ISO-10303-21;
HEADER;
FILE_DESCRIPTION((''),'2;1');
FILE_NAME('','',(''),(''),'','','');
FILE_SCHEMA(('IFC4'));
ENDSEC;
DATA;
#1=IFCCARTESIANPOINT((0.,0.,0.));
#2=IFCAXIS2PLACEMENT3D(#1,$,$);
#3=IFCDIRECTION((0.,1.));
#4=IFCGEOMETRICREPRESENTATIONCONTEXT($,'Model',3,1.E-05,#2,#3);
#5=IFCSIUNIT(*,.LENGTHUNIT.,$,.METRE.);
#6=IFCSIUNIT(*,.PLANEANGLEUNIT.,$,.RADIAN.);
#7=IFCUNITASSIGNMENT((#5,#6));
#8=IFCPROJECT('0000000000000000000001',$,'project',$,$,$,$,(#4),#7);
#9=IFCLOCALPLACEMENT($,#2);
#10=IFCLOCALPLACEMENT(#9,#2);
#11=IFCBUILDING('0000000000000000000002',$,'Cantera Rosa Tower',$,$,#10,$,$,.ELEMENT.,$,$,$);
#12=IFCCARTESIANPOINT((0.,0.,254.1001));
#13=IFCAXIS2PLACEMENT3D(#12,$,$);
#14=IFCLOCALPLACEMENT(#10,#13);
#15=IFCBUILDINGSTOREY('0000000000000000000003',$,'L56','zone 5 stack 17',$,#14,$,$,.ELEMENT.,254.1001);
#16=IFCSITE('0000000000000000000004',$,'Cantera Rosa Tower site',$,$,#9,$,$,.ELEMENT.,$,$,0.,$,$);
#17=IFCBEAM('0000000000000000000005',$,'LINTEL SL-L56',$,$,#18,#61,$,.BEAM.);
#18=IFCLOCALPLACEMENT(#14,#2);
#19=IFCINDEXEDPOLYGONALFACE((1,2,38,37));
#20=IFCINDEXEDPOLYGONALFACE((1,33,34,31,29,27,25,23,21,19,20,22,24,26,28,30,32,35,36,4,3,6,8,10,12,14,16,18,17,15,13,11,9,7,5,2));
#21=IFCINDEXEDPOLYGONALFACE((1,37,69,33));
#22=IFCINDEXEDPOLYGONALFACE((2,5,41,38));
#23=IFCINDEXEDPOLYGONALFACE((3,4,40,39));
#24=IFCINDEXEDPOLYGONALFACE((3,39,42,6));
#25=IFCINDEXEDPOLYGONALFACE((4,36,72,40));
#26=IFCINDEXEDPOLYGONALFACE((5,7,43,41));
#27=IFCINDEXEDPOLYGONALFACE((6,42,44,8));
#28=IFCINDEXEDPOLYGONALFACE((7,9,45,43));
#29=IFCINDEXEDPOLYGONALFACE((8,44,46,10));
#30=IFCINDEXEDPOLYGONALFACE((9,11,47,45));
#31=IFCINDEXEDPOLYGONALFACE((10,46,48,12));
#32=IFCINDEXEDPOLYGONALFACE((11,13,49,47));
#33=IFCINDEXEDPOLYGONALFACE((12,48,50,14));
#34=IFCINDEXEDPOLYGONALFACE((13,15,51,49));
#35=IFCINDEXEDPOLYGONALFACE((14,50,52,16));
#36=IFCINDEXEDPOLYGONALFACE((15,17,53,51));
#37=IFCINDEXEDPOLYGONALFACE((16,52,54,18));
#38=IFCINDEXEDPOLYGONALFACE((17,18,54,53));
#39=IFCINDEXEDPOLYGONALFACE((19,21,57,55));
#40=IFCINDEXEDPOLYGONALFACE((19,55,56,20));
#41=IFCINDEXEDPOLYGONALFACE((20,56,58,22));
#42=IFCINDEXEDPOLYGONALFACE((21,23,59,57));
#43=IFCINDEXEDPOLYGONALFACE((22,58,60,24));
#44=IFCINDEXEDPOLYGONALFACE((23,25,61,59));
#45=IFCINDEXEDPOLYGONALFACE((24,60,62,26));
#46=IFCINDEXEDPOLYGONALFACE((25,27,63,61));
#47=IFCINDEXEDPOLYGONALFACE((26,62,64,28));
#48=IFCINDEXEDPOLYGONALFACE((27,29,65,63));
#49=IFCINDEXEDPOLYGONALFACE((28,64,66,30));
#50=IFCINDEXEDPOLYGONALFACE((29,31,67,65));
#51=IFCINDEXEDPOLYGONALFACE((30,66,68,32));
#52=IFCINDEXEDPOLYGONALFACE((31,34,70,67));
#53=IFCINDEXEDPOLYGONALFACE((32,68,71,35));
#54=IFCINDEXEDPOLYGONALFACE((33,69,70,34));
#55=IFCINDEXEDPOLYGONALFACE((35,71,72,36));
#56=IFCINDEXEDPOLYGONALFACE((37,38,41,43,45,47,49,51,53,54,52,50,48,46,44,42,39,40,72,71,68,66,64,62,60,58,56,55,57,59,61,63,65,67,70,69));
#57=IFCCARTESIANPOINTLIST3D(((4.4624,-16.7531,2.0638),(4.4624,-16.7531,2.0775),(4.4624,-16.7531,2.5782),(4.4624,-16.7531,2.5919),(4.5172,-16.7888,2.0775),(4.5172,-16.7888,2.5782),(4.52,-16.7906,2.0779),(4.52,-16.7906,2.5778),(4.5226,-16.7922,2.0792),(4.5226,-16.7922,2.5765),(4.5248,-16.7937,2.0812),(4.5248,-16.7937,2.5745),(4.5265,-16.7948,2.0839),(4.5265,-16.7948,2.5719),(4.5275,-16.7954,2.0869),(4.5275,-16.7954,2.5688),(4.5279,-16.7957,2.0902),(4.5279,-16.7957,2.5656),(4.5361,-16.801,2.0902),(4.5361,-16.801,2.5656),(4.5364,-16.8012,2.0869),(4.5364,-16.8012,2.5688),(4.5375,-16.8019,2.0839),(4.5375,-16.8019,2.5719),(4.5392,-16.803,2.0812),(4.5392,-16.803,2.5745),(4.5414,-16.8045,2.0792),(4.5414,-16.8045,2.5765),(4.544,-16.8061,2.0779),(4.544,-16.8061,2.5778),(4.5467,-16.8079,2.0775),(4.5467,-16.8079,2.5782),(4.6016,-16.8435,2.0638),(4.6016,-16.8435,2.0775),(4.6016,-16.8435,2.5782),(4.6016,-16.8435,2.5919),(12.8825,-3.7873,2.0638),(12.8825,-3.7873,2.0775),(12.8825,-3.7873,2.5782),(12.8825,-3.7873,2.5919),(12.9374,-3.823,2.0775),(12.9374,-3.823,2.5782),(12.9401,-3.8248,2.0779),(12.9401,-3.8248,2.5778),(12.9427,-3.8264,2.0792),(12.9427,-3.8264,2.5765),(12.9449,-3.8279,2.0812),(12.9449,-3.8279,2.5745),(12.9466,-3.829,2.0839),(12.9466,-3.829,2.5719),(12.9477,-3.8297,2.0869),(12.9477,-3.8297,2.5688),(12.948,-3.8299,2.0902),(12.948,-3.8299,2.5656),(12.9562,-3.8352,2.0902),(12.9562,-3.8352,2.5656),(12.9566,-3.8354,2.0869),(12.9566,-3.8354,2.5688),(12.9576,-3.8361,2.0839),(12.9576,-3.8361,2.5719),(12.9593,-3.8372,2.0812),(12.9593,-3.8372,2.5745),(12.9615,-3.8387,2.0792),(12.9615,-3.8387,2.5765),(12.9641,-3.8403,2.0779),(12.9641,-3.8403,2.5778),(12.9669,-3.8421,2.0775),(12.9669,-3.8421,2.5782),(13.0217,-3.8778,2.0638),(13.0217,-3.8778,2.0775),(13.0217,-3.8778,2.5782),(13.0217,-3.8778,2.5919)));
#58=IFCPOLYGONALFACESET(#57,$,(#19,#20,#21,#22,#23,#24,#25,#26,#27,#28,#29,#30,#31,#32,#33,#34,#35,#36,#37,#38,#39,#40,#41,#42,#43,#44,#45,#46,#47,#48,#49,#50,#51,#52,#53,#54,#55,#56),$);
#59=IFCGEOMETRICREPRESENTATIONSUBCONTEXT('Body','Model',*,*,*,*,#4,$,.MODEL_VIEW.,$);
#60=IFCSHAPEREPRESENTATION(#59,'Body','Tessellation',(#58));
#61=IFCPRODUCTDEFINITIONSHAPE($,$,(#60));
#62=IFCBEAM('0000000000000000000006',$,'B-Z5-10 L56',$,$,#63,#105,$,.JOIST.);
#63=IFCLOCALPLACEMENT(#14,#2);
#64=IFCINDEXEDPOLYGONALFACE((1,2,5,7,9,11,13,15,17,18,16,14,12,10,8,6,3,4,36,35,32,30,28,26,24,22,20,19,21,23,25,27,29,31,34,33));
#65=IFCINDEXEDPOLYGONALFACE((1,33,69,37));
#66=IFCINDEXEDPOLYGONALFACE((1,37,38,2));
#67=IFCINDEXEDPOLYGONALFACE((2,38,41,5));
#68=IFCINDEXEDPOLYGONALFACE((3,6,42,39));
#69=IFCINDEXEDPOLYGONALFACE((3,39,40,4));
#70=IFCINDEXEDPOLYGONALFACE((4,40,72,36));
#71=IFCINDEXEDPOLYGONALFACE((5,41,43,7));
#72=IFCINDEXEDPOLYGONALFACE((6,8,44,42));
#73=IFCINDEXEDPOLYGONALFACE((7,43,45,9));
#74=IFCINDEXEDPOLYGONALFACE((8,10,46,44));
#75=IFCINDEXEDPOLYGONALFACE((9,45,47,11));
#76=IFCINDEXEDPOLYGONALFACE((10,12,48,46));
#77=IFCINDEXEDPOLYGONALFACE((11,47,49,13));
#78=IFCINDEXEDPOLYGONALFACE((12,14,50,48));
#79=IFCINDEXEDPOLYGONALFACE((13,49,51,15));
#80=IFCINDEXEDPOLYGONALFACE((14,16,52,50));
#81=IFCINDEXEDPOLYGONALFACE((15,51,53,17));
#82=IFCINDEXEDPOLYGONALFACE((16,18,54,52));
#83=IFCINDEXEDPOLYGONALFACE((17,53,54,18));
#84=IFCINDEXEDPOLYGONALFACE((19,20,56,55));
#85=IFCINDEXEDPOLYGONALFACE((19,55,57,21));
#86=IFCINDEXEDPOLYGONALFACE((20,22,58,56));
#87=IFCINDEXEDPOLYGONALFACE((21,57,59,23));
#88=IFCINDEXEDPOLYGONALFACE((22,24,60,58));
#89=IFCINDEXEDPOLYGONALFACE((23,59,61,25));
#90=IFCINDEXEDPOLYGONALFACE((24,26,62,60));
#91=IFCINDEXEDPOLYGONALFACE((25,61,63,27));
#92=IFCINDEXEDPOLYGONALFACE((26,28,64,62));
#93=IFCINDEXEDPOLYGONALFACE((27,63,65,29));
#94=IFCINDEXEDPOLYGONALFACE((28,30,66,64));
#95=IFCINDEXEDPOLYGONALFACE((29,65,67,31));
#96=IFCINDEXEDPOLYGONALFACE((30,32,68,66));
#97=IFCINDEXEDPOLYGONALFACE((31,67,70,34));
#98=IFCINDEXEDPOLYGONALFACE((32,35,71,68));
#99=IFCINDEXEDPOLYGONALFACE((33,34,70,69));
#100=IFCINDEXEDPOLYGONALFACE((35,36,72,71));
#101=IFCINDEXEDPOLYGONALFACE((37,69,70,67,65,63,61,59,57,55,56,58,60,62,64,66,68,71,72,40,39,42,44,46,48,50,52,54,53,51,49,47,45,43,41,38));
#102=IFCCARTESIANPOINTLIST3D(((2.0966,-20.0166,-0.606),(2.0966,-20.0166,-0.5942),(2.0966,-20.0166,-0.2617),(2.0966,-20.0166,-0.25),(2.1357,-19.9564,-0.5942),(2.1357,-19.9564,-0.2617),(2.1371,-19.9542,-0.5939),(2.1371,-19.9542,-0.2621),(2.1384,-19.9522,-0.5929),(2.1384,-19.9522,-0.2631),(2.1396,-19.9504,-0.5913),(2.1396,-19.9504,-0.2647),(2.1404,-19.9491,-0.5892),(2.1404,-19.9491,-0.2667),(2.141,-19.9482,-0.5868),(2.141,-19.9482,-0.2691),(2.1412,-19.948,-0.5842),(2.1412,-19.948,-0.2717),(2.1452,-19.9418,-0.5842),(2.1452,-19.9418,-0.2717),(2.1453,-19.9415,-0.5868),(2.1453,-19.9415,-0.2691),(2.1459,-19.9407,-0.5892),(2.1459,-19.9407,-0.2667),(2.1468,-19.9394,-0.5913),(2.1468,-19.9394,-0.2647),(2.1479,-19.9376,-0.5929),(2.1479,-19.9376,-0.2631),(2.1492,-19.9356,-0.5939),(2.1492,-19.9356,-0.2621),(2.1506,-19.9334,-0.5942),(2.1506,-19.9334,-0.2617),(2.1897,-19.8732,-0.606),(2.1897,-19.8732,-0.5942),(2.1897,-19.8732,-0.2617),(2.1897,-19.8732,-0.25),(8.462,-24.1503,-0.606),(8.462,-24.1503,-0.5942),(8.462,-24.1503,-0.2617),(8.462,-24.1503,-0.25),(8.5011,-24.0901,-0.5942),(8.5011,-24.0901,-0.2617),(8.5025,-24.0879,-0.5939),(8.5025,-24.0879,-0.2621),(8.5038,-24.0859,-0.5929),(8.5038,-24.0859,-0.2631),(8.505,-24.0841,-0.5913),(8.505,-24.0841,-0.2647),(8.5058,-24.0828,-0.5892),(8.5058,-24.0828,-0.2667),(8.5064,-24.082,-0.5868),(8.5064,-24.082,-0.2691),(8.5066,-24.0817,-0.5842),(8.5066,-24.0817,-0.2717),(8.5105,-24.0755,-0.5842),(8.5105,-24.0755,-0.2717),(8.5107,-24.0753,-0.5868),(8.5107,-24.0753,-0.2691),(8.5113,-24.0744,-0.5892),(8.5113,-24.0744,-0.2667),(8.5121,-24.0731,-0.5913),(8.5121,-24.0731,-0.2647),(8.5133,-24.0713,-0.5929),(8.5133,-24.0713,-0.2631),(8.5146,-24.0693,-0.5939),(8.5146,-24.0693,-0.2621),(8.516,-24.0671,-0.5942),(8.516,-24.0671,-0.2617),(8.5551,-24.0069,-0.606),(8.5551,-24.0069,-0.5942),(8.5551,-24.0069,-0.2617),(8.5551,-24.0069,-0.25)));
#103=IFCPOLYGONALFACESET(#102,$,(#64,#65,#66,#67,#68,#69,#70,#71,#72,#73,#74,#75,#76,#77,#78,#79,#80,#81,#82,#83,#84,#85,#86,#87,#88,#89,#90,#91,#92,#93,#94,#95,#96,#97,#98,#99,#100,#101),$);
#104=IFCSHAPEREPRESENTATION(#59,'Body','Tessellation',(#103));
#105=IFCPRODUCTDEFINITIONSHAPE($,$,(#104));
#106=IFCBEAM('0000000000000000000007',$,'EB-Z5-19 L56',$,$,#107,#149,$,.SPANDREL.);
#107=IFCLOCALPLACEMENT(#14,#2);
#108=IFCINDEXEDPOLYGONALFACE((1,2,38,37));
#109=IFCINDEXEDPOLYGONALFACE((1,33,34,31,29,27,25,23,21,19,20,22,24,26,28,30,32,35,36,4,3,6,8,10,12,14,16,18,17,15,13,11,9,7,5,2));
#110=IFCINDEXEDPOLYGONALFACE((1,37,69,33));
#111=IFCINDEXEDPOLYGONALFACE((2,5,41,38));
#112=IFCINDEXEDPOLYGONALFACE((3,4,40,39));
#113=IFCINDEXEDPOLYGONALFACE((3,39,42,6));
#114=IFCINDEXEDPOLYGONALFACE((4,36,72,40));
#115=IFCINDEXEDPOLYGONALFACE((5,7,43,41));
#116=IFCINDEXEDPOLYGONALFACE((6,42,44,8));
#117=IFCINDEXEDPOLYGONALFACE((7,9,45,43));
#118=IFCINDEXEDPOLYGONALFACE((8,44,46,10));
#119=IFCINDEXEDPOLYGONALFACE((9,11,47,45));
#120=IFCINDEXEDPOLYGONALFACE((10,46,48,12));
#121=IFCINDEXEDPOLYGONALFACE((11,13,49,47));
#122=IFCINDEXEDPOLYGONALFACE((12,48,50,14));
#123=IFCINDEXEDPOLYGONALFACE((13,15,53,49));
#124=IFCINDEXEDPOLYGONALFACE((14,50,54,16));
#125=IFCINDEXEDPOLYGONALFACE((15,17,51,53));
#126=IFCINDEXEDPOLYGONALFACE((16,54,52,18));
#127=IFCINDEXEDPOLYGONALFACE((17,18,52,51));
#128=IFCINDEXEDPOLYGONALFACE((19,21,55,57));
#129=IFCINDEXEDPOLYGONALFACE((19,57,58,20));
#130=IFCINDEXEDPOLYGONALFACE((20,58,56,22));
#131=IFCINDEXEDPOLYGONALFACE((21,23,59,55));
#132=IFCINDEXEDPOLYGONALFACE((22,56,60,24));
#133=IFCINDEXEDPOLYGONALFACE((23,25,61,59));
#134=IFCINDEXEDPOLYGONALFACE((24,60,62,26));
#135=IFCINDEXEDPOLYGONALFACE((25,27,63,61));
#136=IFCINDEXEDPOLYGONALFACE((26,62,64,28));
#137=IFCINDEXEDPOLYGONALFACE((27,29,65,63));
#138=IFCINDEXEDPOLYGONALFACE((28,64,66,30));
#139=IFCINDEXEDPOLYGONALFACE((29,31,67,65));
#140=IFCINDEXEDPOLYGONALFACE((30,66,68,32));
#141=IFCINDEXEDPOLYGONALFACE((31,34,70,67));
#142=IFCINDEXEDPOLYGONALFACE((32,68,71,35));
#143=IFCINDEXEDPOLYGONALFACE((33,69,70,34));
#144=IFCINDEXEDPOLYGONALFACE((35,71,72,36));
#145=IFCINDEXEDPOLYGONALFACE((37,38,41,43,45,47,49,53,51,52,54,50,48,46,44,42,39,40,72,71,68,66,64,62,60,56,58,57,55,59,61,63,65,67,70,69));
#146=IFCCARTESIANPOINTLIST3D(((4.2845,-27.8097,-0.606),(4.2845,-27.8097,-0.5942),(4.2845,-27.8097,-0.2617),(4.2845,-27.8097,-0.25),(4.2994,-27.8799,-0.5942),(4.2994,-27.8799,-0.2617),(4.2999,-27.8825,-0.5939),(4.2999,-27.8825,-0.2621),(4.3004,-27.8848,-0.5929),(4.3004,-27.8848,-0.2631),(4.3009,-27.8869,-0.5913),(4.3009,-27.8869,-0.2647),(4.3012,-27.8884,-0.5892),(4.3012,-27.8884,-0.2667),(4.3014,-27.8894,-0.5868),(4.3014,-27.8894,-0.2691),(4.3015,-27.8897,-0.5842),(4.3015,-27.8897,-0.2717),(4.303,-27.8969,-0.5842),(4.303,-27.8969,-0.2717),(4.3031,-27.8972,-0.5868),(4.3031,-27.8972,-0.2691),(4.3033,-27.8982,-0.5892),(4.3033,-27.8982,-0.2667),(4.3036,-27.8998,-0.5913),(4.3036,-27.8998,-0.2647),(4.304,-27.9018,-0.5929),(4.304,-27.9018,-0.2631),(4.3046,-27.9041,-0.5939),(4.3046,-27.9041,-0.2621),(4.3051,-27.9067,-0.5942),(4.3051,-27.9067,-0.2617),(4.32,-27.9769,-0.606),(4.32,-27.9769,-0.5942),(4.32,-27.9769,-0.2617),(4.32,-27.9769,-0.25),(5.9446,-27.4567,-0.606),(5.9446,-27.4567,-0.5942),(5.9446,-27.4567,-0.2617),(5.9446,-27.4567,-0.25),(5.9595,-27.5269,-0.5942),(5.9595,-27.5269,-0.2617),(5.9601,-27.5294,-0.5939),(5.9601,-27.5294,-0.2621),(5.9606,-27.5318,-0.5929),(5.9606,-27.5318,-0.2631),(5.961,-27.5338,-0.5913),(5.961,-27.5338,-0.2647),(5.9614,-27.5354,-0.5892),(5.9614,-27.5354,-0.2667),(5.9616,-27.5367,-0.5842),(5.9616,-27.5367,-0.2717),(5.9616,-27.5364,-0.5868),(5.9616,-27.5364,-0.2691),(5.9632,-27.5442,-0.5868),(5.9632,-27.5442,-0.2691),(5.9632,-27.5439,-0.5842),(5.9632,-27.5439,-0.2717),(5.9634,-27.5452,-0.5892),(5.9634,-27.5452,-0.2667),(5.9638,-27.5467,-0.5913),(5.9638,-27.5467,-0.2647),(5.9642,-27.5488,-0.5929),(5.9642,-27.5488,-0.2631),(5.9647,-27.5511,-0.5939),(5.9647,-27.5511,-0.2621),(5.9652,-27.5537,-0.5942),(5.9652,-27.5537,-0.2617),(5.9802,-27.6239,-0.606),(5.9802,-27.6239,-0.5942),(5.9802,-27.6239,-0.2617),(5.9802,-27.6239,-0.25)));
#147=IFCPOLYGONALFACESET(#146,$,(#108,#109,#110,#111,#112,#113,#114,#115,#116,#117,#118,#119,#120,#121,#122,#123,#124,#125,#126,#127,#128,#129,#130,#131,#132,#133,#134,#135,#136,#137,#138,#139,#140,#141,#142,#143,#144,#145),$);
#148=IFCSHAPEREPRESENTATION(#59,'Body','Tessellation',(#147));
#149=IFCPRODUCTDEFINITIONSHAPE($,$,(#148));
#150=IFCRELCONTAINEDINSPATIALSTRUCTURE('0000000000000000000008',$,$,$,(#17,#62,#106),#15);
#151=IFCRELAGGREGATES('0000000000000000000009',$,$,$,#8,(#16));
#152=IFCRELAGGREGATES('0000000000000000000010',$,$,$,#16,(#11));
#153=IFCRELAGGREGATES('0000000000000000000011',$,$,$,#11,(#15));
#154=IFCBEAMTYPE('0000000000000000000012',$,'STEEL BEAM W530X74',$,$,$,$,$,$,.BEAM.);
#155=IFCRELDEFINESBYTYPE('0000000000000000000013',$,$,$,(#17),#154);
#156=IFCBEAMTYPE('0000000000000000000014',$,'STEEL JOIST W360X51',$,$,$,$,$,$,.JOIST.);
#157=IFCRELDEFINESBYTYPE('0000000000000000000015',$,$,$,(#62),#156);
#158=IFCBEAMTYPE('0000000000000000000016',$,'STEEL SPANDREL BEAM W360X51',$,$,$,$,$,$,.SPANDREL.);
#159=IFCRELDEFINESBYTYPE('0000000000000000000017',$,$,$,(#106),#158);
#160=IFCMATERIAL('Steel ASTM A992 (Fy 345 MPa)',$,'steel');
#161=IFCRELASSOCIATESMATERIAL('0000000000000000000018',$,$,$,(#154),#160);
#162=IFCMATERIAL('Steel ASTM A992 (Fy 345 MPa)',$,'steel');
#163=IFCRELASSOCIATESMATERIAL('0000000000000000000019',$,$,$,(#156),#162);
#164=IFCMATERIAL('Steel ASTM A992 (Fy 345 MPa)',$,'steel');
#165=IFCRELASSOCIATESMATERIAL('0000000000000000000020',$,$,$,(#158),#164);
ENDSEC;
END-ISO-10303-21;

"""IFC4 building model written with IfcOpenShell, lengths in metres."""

from ifc_helpers import new_model, si_unit, direction, frame, origin, origin_2d, place, context, subcontext, project, spatial, i_section, extrude, material, material_profile, profile_set, type_object, element, save


model = new_model("IFC4")

# Units and contexts
model_context = context("Model", 3, precision=1e-05, world=origin(), true_north=direction((0.0, 1.0)))
body_context = subcontext(model_context, "Body", "Model", "MODEL_VIEW")
ifc_project = project(units=[si_unit("LENGTHUNIT", "METRE"), si_unit("PLANEANGLEUNIT", "RADIAN")], contexts=[model_context])

# Site, building, storey
site_placement = place(None, origin())
site = spatial("IfcSite", under=ifc_project, at=site_placement, Name="Cantera Rosa Tower site", CompositionType="ELEMENT", RefElevation=0.0)
building_placement = place(site_placement, origin())
building = spatial("IfcBuilding", under=site, at=building_placement, Name="Cantera Rosa Tower", CompositionType="ELEMENT")
storey_placement = place(building_placement, frame((0.0, 0.0, 254.1001)))
storey = spatial("IfcBuildingStorey", under=building, at=storey_placement, Name="L56", Description="zone 5 stack 17", CompositionType="ELEMENT", Elevation=254.1001)

# Beams
ifc_material_1 = material(Name="Steel ASTM A992 (Fy 345 MPa)", Category="steel")
ifc_material_profile_1 = material_profile(ifc_material_1, i_section(OverallWidth=0.166, OverallDepth=0.5281, WebThickness=0.0098, FlangeThickness=0.0137, FilletRadius=0.0127, at=origin_2d()), Name="W530X74")
ifc_profile_set_1 = profile_set([ifc_material_profile_1], Name="Steel ASTM A992 (Fy 345 MPa)")
beam_type_1 = type_object("IfcBeamType", Name="STEEL BEAM W530X74", PredefinedType="BEAM", material=ifc_profile_set_1)
beam_1_placement = place(storey_placement, frame((4.532, -16.7983, 2.3279), z_axis=(0.544642, 0.838669, 0.0), x_axis=(-0.838669, 0.544642, 0.0)))
element("IfcBeam", 1, at=beam_1_placement, inside=storey, type_object=beam_type_1, Name="LINTEL SL-L56", PredefinedType="BEAM", context=body_context, shape_type="SweptSolid", body=[
    extrude(i_section(OverallWidth=0.166, OverallDepth=0.5281, WebThickness=0.0098, FlangeThickness=0.0137, FilletRadius=0.0127, at=origin_2d()), origin(), (0.0, 0.0, 1.0), 15.46),
])
ifc_material_2 = material(Name="Steel ASTM A992 (Fy 345 MPa)", Category="steel")
ifc_material_profile_2 = material_profile(ifc_material_2, i_section(OverallWidth=0.1709, OverallDepth=0.356, WebThickness=0.0073, FlangeThickness=0.0117, FilletRadius=0.01, at=origin_2d()), Name="W360X51")
ifc_profile_set_2 = profile_set([ifc_material_profile_2], Name="Steel ASTM A992 (Fy 345 MPa)")
beam_type_2 = type_object("IfcBeamType", Name="STEEL JOIST W360X51", PredefinedType="JOIST", material=ifc_profile_set_2)
beam_2_placement = place(storey_placement, frame((8.5085, -24.0786, -0.428), z_axis=(-0.838671, 0.544639, 0.0), x_axis=(-0.544639, -0.838671, 0.0)))
element("IfcBeam", 2, at=beam_2_placement, inside=storey, type_object=beam_type_2, Name="B-Z5-10 L56", PredefinedType="JOIST", context=body_context, shape_type="SweptSolid", body=[
    extrude(i_section(OverallWidth=0.1709, OverallDepth=0.356, WebThickness=0.0073, FlangeThickness=0.0117, FilletRadius=0.01, at=origin_2d()), origin(), (0.0, 0.0, 1.0), 7.5898),
])
ifc_material_3 = material(Name="Steel ASTM A992 (Fy 345 MPa)", Category="steel")
ifc_material_profile_3 = material_profile(ifc_material_3, i_section(OverallWidth=0.1709, OverallDepth=0.356, WebThickness=0.0073, FlangeThickness=0.0117, FilletRadius=0.01, at=origin_2d()), Name="W360X51")
ifc_profile_set_3 = profile_set([ifc_material_profile_3], Name="Steel ASTM A992 (Fy 345 MPa)")
beam_type_3 = type_object("IfcBeamType", Name="STEEL SPANDREL BEAM W360X51", PredefinedType="SPANDREL", material=ifc_profile_set_3)
beam_3_placement = place(storey_placement, frame((4.3022, -27.8933, -0.428), z_axis=(0.97813, 0.207996, 0.0), x_axis=(-0.207996, 0.97813, 0.0)))
element("IfcBeam", 3, at=beam_3_placement, inside=storey, type_object=beam_type_3, Name="EB-Z5-19 L56", PredefinedType="SPANDREL", context=body_context, shape_type="SweptSolid", body=[
    extrude(i_section(OverallWidth=0.1709, OverallDepth=0.356, WebThickness=0.0073, FlangeThickness=0.0117, FilletRadius=0.01, at=origin_2d()), origin(), (0.0, 0.0, 1.0), 1.6973),
])

save(model, "model.ifc")
